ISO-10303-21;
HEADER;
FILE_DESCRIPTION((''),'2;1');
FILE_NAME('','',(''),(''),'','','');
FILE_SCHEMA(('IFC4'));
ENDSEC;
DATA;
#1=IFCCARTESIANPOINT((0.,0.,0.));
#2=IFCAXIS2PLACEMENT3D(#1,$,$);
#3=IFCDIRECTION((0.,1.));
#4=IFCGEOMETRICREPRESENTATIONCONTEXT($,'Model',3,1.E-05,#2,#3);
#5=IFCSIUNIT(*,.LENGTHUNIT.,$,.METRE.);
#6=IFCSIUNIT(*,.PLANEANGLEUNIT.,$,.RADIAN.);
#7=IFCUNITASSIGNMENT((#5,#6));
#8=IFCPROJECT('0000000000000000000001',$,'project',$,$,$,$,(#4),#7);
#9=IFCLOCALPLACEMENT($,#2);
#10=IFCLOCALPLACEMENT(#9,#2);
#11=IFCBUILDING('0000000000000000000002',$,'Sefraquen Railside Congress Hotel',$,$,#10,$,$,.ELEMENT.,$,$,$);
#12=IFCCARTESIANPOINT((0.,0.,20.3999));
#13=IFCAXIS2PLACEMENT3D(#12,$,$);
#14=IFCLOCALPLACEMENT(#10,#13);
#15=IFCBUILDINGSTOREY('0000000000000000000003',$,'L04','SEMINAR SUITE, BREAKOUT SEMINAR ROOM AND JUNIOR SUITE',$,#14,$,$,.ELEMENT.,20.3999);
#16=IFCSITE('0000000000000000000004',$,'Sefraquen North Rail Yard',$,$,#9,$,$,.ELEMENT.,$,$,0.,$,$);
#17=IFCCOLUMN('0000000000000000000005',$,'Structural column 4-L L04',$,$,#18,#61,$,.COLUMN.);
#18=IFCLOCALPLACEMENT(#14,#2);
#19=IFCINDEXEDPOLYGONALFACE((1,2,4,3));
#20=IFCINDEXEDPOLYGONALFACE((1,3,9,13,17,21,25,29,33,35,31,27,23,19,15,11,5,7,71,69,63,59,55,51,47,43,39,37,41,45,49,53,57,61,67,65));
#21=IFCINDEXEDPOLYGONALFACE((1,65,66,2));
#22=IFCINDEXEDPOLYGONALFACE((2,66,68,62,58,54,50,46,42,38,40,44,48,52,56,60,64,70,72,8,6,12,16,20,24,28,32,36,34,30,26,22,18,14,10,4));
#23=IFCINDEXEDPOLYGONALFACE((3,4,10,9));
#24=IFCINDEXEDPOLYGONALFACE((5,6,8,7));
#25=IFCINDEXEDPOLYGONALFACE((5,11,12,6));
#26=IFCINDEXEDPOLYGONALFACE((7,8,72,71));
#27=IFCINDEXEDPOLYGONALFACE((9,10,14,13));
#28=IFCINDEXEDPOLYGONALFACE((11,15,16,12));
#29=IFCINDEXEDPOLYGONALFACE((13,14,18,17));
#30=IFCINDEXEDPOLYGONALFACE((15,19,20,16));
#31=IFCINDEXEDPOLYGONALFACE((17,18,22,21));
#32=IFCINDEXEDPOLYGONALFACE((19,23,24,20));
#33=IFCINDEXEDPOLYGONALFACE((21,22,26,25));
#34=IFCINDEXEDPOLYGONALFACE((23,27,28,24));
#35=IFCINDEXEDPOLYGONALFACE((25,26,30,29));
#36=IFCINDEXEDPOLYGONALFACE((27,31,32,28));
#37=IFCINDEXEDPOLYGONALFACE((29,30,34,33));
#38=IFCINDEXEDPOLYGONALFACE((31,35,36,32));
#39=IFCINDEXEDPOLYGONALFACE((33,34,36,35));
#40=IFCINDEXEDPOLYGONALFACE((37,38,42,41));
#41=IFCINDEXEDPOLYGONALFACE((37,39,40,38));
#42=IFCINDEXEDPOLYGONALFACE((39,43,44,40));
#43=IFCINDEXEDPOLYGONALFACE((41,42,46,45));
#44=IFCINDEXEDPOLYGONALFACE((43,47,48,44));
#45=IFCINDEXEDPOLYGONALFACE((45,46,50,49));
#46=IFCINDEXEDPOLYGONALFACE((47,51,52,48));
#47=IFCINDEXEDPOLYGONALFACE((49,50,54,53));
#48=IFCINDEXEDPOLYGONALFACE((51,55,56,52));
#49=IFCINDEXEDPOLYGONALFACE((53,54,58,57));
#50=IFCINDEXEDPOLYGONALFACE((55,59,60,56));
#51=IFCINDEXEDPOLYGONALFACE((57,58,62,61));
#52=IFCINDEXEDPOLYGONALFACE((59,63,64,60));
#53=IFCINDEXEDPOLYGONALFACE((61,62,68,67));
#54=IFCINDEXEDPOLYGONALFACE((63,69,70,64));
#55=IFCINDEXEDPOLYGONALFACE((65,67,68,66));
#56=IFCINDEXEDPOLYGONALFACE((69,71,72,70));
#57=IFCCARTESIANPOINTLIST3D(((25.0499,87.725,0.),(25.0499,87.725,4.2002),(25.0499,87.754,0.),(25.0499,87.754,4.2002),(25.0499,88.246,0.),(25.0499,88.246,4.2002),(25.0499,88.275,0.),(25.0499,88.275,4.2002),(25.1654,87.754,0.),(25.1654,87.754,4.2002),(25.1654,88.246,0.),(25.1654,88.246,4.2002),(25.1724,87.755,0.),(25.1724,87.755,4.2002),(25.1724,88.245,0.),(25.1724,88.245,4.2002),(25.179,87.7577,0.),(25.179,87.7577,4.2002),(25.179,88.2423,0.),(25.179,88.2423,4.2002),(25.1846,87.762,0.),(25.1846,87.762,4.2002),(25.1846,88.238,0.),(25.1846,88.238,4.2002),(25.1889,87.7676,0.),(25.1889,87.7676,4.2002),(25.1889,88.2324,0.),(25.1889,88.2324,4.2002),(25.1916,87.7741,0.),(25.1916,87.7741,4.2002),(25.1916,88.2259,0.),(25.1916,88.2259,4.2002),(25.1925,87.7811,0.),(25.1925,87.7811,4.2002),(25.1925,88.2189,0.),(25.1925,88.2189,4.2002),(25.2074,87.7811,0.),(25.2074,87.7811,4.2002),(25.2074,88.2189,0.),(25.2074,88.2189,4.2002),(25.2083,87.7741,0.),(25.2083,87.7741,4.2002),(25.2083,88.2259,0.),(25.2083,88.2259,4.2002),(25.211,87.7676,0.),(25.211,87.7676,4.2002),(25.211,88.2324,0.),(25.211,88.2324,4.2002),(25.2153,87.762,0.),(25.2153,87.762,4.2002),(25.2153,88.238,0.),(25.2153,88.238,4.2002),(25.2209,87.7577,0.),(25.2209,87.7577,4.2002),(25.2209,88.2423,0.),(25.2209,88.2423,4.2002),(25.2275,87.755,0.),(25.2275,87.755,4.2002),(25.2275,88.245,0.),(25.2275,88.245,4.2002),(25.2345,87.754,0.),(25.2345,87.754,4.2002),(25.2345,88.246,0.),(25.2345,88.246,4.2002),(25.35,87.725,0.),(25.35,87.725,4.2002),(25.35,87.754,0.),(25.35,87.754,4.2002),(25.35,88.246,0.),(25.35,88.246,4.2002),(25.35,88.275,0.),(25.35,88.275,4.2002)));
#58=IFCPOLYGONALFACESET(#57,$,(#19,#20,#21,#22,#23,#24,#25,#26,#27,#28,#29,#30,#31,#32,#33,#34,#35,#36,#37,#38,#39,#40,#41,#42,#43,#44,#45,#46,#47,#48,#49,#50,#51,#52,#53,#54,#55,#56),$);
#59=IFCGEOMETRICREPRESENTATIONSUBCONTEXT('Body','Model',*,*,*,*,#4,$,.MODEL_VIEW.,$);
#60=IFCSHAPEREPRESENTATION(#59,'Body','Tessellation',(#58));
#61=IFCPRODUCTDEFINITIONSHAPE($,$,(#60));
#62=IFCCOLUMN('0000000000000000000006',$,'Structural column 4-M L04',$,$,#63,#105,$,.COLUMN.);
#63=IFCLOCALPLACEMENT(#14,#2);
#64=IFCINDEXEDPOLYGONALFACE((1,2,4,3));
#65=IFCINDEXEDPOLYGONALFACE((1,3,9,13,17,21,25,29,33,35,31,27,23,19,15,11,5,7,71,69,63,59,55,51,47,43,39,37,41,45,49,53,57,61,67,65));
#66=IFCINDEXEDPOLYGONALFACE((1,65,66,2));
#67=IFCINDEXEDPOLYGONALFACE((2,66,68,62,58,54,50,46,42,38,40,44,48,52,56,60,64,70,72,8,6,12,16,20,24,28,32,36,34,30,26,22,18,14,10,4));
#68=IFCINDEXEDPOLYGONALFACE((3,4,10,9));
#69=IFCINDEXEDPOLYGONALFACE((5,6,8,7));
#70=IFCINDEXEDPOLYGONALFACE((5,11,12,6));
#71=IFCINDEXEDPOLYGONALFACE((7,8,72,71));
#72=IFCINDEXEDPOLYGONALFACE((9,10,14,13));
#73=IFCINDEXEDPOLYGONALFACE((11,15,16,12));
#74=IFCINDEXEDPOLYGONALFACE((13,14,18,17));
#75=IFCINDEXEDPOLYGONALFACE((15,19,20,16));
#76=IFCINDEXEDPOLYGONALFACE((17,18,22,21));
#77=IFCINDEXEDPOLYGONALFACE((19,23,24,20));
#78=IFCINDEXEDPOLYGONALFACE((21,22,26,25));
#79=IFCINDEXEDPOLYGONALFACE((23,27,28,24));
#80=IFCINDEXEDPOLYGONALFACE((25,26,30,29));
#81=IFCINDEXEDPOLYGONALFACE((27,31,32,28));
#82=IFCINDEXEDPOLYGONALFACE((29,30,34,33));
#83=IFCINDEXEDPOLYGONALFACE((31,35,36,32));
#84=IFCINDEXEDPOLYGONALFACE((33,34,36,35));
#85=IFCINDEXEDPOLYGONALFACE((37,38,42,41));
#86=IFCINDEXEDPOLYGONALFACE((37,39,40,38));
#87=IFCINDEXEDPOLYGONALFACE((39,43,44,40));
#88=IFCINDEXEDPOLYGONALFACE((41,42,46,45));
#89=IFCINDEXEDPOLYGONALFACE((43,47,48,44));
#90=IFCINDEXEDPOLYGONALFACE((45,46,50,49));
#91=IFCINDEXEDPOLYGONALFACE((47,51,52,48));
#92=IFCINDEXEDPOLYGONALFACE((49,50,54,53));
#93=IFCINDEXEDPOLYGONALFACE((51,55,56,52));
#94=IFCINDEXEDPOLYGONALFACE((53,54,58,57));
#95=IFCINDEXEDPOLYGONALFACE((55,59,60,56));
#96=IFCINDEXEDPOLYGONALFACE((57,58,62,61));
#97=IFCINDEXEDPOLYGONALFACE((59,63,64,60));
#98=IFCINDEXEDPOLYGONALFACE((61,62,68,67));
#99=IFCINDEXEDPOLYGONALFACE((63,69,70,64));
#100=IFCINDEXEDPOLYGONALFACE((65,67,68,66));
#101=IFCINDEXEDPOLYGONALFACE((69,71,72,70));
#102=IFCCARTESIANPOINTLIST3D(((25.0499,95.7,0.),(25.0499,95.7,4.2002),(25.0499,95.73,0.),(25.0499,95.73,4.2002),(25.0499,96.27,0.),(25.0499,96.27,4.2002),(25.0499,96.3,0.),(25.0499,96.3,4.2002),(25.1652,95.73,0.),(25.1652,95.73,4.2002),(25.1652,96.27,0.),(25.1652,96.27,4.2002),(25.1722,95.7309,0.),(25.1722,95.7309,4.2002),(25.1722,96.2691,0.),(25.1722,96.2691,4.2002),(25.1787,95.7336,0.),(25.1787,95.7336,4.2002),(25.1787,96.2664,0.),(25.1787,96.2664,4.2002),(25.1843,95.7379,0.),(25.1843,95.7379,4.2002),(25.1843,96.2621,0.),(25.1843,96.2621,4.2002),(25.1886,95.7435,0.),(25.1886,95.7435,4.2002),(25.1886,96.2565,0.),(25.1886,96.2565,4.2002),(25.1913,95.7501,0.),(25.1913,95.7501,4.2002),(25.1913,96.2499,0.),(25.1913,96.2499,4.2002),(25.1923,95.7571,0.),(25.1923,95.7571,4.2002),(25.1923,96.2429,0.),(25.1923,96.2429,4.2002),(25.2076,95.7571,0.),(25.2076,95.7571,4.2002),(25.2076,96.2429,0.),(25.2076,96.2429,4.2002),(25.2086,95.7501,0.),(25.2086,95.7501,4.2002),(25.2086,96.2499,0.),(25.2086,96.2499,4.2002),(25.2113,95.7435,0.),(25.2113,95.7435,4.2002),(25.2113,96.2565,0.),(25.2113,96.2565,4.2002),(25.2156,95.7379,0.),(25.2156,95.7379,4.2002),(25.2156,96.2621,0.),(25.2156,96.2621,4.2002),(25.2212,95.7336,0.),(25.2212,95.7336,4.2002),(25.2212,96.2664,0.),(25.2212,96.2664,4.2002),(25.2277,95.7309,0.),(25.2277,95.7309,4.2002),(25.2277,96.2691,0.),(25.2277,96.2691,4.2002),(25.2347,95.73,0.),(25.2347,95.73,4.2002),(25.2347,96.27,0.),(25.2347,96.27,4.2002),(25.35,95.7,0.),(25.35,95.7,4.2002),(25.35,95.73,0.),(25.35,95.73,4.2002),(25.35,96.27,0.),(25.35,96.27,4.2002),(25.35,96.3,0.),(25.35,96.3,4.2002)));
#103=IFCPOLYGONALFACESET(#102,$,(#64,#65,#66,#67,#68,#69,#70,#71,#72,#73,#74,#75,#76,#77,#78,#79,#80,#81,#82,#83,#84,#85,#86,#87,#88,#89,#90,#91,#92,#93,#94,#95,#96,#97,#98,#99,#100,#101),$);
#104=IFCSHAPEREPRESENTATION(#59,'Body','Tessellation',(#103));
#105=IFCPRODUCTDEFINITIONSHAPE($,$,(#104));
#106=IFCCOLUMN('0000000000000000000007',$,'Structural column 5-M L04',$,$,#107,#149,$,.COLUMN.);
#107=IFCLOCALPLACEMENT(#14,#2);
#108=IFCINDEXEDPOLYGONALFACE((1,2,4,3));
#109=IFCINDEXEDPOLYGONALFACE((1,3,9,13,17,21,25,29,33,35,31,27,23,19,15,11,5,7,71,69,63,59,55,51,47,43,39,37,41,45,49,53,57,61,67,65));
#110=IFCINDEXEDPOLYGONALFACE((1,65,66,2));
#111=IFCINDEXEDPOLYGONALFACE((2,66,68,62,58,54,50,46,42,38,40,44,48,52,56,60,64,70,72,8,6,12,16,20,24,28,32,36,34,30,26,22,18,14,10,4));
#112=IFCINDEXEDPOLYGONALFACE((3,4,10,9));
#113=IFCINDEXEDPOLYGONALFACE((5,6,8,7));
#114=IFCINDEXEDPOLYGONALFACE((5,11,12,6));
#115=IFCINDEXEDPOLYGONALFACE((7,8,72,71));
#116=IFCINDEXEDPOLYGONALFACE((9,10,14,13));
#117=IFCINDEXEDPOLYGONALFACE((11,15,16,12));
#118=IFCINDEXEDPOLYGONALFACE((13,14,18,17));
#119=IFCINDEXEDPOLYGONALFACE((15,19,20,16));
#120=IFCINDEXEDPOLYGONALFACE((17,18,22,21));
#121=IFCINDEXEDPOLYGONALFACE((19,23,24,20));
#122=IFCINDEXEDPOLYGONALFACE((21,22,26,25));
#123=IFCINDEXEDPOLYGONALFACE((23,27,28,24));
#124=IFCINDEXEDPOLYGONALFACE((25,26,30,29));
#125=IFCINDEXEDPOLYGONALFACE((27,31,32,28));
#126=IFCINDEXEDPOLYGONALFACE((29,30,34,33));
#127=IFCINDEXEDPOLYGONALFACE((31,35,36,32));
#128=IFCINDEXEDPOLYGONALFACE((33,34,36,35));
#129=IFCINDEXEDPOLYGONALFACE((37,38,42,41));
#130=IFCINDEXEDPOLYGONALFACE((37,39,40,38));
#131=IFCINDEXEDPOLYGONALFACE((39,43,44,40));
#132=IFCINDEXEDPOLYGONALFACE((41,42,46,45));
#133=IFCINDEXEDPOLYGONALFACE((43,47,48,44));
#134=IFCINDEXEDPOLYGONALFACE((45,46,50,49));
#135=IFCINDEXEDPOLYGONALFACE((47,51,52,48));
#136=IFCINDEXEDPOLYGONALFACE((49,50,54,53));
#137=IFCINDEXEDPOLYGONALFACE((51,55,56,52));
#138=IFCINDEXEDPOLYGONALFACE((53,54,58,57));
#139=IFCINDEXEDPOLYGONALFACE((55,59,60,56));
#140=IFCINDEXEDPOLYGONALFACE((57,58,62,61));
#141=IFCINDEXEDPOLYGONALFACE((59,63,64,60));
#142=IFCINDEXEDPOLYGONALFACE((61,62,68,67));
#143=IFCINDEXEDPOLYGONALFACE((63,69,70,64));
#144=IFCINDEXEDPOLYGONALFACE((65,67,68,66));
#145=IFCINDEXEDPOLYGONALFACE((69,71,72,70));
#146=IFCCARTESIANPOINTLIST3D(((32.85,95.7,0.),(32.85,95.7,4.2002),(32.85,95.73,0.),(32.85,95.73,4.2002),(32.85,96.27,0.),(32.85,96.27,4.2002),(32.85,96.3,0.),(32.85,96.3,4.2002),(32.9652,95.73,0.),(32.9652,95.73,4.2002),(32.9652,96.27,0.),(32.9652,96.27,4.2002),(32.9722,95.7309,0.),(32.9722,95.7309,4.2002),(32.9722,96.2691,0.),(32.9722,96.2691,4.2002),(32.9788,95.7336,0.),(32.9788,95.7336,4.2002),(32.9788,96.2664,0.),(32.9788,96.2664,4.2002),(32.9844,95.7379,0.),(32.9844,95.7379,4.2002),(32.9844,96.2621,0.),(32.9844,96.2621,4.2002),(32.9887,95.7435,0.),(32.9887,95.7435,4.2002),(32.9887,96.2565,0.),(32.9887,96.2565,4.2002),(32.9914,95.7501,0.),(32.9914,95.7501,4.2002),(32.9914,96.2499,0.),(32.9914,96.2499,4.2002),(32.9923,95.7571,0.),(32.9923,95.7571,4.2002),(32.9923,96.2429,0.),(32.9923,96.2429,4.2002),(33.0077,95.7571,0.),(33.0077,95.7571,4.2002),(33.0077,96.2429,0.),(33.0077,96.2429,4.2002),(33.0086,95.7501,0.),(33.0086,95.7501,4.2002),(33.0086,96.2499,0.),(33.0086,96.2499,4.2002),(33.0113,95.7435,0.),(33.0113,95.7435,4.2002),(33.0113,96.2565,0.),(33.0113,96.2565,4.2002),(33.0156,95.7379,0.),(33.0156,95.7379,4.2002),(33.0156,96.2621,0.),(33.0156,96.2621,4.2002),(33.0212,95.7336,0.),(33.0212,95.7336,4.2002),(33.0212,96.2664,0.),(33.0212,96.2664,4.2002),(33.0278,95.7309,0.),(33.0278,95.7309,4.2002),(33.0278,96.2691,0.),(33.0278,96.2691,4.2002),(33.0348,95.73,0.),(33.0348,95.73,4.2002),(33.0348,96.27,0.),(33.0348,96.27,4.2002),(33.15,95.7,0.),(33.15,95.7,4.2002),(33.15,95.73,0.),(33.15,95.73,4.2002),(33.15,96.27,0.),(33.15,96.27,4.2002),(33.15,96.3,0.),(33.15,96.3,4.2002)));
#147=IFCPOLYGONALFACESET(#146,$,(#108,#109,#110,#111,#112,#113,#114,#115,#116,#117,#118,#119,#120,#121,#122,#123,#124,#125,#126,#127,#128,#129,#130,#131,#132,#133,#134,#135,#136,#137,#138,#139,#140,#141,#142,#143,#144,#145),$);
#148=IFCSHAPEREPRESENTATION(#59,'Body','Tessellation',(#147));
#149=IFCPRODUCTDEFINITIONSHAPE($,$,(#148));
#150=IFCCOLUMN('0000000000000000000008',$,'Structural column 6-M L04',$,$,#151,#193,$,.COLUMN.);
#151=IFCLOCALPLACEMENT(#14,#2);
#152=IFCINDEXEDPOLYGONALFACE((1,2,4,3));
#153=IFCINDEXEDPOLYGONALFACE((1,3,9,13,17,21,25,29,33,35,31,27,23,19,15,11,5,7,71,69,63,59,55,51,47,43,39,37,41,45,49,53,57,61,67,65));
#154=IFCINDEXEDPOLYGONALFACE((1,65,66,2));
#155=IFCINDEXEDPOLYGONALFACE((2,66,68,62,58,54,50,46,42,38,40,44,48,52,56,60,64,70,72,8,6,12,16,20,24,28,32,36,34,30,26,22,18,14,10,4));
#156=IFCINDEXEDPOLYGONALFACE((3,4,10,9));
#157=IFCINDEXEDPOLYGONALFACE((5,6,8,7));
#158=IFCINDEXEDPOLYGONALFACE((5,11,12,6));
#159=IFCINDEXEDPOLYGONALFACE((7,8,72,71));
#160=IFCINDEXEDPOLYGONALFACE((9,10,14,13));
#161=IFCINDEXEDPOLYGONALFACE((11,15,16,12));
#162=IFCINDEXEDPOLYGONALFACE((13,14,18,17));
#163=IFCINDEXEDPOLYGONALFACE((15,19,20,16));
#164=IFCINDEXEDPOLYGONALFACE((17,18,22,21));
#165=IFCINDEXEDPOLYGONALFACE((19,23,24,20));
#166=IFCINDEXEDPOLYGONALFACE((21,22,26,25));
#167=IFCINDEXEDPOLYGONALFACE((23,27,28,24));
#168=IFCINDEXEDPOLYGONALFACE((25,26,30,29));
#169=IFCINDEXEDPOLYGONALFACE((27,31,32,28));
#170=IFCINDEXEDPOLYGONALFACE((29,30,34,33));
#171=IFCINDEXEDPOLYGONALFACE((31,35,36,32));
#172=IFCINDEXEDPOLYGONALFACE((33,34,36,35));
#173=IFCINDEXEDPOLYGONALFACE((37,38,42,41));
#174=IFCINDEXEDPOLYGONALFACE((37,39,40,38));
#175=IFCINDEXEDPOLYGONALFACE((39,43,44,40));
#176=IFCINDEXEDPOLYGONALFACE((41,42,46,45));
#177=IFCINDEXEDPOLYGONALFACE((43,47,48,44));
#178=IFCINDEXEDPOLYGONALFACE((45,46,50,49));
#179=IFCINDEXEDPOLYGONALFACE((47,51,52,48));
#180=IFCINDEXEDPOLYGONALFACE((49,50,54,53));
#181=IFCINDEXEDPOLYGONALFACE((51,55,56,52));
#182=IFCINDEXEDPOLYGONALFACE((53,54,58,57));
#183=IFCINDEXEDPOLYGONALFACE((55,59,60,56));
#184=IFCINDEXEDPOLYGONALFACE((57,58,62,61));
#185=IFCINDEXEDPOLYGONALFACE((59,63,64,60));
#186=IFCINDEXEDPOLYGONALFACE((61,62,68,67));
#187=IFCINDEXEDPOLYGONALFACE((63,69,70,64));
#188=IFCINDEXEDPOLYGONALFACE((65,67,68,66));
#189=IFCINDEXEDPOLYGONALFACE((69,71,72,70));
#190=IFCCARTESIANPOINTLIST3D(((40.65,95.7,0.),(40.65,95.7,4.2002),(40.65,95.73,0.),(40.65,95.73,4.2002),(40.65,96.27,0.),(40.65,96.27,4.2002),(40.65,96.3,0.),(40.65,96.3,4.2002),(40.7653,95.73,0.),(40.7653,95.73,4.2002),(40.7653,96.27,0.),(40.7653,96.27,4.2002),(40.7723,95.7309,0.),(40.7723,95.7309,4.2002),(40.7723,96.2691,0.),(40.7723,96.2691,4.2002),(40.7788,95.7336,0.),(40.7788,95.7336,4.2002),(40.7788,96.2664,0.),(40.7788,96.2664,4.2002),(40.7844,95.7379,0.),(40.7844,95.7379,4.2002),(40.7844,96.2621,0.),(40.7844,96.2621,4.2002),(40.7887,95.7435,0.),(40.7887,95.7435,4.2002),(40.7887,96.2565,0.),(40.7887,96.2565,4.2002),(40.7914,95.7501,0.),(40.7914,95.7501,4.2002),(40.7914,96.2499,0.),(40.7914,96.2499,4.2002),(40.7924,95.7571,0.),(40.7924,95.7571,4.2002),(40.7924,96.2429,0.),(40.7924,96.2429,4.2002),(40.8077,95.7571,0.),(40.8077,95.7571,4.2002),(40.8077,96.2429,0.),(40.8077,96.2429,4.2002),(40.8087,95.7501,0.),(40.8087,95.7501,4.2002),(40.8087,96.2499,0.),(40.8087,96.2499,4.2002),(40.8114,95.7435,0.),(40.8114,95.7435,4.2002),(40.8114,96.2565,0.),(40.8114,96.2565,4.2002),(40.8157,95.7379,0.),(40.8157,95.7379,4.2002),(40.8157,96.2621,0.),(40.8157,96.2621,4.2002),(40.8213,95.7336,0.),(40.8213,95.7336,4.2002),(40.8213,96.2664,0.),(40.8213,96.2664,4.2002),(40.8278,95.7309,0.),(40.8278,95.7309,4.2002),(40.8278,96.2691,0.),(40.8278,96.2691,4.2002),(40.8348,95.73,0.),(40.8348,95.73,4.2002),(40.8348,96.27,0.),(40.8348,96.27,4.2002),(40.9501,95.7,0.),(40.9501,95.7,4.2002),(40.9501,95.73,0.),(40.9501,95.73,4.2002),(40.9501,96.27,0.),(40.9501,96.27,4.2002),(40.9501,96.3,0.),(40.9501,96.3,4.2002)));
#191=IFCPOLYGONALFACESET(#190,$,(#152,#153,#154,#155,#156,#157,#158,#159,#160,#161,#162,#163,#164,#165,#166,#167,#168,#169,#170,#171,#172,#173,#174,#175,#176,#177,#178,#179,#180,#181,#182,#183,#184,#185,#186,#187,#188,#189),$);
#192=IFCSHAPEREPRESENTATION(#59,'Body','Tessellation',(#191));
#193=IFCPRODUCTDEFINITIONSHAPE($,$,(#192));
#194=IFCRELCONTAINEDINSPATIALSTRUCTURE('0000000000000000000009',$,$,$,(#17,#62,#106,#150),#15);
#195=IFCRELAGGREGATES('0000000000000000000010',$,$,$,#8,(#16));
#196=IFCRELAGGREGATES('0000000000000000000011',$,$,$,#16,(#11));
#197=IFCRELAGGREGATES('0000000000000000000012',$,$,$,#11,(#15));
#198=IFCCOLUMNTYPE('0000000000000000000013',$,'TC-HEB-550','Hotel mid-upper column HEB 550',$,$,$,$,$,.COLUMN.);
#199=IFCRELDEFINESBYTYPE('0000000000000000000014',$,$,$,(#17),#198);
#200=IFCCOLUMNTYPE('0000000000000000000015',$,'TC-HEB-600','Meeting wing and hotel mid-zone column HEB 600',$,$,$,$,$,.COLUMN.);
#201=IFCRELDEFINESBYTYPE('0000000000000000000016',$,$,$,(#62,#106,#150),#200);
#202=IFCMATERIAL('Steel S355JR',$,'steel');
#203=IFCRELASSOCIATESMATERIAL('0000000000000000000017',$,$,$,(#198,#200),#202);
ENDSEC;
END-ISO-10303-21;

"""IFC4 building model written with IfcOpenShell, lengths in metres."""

from ifc_helpers import new_model, si_unit, direction, frame, origin, origin_2d, place, context, subcontext, project, spatial, i_section, extrude, material, material_profile, profile_set, type_object, element, save


model = new_model("IFC4")

# Units and contexts
model_context = context("Model", 3, precision=1e-05, world=origin(), true_north=direction((0.0, 1.0)))
body_context = subcontext(model_context, "Body", "Model", "MODEL_VIEW")
ifc_project = project(units=[si_unit("LENGTHUNIT", "METRE"), si_unit("PLANEANGLEUNIT", "RADIAN")], contexts=[model_context])

# Site, building, storey
site_placement = place(None, origin())
site = spatial("IfcSite", under=ifc_project, at=site_placement, Name="Sefraquen North Rail Yard", CompositionType="ELEMENT", RefElevation=0.0)
building_placement = place(site_placement, origin())
building = spatial("IfcBuilding", under=site, at=building_placement, Name="Sefraquen Railside Congress Hotel", CompositionType="ELEMENT")
storey_placement = place(building_placement, frame((0.0, 0.0, 20.3999)))
storey = spatial("IfcBuildingStorey", under=building, at=storey_placement, Name="L04", Description="SEMINAR SUITE, BREAKOUT SEMINAR ROOM AND JUNIOR SUITE", CompositionType="ELEMENT", Elevation=20.3999)

# Columns
ifc_material_1 = material(Name="Steel S355JR", Category="steel")
ifc_material_profile_1 = material_profile(ifc_material_1, i_section(OverallWidth=0.3, OverallDepth=0.55, WebThickness=0.0149, FlangeThickness=0.0291, FilletRadius=0.0271, at=origin_2d()), Name="HEB 550")
ifc_profile_set_1 = profile_set([ifc_material_profile_1], Name="Steel S355JR")
column_type_1 = type_object("IfcColumnType", Name="TC-HEB-550", Description="Hotel mid-upper column HEB 550", PredefinedType="COLUMN", material=ifc_profile_set_1)
column_placement = place(storey_placement, frame((25.2, 88.0, 0.0), z_axis=(0.0, 0.0, 1.0), x_axis=(1.0, 0.0, 0.0)))
element("IfcColumn", 1, at=column_placement, inside=storey, type_object=column_type_1, Name="Structural column 4-L L04", PredefinedType="COLUMN", context=body_context, shape_type="SweptSolid", body=[
    extrude(i_section(OverallWidth=0.3, OverallDepth=0.55, WebThickness=0.0149, FlangeThickness=0.0291, FilletRadius=0.0271, at=origin_2d()), origin(), (0.0, 0.0, 1.0), 4.2002),
])
ifc_material_profile_2 = material_profile(ifc_material_1, i_section(OverallWidth=0.3, OverallDepth=0.6001, WebThickness=0.0154, FlangeThickness=0.03, FilletRadius=0.0271, at=origin_2d()), Name="HEB 600")
ifc_profile_set_2 = profile_set([ifc_material_profile_2], Name="Steel S355JR")
column_type_2 = type_object("IfcColumnType", Name="TC-HEB-600", Description="Meeting wing and hotel mid-zone column HEB 600", PredefinedType="COLUMN", material=ifc_profile_set_2)
for number, where, z_axis, x_axis, name in (
    (2, (25.2, 96.0, 0.0), (0.0, 0.0, 1.0), (1.0, 0.0, 0.0), "Structural column 4-M L04"),
    (3, (33.0, 96.0, 0.0), (0.0, 0.0, 1.0), (1.0, 0.0, 0.0), "Structural column 5-M L04"),
    (4, (40.8, 96.0, 0.0), (0.0, 0.0, 1.0), (1.0, 0.0, 0.0), "Structural column 6-M L04"),
):
    element("IfcColumn", number, at=place(storey_placement, frame(where, z_axis=z_axis, x_axis=x_axis)), inside=storey, type_object=column_type_2, Name=name, PredefinedType="COLUMN", context=body_context, shape_type="SweptSolid", body=[
        extrude(i_section(OverallWidth=0.3, OverallDepth=0.6001, WebThickness=0.0154, FlangeThickness=0.03, FilletRadius=0.0271, at=origin_2d()), origin(), (0.0, 0.0, 1.0), 4.2002),
    ])

save(model, "model.ifc")
